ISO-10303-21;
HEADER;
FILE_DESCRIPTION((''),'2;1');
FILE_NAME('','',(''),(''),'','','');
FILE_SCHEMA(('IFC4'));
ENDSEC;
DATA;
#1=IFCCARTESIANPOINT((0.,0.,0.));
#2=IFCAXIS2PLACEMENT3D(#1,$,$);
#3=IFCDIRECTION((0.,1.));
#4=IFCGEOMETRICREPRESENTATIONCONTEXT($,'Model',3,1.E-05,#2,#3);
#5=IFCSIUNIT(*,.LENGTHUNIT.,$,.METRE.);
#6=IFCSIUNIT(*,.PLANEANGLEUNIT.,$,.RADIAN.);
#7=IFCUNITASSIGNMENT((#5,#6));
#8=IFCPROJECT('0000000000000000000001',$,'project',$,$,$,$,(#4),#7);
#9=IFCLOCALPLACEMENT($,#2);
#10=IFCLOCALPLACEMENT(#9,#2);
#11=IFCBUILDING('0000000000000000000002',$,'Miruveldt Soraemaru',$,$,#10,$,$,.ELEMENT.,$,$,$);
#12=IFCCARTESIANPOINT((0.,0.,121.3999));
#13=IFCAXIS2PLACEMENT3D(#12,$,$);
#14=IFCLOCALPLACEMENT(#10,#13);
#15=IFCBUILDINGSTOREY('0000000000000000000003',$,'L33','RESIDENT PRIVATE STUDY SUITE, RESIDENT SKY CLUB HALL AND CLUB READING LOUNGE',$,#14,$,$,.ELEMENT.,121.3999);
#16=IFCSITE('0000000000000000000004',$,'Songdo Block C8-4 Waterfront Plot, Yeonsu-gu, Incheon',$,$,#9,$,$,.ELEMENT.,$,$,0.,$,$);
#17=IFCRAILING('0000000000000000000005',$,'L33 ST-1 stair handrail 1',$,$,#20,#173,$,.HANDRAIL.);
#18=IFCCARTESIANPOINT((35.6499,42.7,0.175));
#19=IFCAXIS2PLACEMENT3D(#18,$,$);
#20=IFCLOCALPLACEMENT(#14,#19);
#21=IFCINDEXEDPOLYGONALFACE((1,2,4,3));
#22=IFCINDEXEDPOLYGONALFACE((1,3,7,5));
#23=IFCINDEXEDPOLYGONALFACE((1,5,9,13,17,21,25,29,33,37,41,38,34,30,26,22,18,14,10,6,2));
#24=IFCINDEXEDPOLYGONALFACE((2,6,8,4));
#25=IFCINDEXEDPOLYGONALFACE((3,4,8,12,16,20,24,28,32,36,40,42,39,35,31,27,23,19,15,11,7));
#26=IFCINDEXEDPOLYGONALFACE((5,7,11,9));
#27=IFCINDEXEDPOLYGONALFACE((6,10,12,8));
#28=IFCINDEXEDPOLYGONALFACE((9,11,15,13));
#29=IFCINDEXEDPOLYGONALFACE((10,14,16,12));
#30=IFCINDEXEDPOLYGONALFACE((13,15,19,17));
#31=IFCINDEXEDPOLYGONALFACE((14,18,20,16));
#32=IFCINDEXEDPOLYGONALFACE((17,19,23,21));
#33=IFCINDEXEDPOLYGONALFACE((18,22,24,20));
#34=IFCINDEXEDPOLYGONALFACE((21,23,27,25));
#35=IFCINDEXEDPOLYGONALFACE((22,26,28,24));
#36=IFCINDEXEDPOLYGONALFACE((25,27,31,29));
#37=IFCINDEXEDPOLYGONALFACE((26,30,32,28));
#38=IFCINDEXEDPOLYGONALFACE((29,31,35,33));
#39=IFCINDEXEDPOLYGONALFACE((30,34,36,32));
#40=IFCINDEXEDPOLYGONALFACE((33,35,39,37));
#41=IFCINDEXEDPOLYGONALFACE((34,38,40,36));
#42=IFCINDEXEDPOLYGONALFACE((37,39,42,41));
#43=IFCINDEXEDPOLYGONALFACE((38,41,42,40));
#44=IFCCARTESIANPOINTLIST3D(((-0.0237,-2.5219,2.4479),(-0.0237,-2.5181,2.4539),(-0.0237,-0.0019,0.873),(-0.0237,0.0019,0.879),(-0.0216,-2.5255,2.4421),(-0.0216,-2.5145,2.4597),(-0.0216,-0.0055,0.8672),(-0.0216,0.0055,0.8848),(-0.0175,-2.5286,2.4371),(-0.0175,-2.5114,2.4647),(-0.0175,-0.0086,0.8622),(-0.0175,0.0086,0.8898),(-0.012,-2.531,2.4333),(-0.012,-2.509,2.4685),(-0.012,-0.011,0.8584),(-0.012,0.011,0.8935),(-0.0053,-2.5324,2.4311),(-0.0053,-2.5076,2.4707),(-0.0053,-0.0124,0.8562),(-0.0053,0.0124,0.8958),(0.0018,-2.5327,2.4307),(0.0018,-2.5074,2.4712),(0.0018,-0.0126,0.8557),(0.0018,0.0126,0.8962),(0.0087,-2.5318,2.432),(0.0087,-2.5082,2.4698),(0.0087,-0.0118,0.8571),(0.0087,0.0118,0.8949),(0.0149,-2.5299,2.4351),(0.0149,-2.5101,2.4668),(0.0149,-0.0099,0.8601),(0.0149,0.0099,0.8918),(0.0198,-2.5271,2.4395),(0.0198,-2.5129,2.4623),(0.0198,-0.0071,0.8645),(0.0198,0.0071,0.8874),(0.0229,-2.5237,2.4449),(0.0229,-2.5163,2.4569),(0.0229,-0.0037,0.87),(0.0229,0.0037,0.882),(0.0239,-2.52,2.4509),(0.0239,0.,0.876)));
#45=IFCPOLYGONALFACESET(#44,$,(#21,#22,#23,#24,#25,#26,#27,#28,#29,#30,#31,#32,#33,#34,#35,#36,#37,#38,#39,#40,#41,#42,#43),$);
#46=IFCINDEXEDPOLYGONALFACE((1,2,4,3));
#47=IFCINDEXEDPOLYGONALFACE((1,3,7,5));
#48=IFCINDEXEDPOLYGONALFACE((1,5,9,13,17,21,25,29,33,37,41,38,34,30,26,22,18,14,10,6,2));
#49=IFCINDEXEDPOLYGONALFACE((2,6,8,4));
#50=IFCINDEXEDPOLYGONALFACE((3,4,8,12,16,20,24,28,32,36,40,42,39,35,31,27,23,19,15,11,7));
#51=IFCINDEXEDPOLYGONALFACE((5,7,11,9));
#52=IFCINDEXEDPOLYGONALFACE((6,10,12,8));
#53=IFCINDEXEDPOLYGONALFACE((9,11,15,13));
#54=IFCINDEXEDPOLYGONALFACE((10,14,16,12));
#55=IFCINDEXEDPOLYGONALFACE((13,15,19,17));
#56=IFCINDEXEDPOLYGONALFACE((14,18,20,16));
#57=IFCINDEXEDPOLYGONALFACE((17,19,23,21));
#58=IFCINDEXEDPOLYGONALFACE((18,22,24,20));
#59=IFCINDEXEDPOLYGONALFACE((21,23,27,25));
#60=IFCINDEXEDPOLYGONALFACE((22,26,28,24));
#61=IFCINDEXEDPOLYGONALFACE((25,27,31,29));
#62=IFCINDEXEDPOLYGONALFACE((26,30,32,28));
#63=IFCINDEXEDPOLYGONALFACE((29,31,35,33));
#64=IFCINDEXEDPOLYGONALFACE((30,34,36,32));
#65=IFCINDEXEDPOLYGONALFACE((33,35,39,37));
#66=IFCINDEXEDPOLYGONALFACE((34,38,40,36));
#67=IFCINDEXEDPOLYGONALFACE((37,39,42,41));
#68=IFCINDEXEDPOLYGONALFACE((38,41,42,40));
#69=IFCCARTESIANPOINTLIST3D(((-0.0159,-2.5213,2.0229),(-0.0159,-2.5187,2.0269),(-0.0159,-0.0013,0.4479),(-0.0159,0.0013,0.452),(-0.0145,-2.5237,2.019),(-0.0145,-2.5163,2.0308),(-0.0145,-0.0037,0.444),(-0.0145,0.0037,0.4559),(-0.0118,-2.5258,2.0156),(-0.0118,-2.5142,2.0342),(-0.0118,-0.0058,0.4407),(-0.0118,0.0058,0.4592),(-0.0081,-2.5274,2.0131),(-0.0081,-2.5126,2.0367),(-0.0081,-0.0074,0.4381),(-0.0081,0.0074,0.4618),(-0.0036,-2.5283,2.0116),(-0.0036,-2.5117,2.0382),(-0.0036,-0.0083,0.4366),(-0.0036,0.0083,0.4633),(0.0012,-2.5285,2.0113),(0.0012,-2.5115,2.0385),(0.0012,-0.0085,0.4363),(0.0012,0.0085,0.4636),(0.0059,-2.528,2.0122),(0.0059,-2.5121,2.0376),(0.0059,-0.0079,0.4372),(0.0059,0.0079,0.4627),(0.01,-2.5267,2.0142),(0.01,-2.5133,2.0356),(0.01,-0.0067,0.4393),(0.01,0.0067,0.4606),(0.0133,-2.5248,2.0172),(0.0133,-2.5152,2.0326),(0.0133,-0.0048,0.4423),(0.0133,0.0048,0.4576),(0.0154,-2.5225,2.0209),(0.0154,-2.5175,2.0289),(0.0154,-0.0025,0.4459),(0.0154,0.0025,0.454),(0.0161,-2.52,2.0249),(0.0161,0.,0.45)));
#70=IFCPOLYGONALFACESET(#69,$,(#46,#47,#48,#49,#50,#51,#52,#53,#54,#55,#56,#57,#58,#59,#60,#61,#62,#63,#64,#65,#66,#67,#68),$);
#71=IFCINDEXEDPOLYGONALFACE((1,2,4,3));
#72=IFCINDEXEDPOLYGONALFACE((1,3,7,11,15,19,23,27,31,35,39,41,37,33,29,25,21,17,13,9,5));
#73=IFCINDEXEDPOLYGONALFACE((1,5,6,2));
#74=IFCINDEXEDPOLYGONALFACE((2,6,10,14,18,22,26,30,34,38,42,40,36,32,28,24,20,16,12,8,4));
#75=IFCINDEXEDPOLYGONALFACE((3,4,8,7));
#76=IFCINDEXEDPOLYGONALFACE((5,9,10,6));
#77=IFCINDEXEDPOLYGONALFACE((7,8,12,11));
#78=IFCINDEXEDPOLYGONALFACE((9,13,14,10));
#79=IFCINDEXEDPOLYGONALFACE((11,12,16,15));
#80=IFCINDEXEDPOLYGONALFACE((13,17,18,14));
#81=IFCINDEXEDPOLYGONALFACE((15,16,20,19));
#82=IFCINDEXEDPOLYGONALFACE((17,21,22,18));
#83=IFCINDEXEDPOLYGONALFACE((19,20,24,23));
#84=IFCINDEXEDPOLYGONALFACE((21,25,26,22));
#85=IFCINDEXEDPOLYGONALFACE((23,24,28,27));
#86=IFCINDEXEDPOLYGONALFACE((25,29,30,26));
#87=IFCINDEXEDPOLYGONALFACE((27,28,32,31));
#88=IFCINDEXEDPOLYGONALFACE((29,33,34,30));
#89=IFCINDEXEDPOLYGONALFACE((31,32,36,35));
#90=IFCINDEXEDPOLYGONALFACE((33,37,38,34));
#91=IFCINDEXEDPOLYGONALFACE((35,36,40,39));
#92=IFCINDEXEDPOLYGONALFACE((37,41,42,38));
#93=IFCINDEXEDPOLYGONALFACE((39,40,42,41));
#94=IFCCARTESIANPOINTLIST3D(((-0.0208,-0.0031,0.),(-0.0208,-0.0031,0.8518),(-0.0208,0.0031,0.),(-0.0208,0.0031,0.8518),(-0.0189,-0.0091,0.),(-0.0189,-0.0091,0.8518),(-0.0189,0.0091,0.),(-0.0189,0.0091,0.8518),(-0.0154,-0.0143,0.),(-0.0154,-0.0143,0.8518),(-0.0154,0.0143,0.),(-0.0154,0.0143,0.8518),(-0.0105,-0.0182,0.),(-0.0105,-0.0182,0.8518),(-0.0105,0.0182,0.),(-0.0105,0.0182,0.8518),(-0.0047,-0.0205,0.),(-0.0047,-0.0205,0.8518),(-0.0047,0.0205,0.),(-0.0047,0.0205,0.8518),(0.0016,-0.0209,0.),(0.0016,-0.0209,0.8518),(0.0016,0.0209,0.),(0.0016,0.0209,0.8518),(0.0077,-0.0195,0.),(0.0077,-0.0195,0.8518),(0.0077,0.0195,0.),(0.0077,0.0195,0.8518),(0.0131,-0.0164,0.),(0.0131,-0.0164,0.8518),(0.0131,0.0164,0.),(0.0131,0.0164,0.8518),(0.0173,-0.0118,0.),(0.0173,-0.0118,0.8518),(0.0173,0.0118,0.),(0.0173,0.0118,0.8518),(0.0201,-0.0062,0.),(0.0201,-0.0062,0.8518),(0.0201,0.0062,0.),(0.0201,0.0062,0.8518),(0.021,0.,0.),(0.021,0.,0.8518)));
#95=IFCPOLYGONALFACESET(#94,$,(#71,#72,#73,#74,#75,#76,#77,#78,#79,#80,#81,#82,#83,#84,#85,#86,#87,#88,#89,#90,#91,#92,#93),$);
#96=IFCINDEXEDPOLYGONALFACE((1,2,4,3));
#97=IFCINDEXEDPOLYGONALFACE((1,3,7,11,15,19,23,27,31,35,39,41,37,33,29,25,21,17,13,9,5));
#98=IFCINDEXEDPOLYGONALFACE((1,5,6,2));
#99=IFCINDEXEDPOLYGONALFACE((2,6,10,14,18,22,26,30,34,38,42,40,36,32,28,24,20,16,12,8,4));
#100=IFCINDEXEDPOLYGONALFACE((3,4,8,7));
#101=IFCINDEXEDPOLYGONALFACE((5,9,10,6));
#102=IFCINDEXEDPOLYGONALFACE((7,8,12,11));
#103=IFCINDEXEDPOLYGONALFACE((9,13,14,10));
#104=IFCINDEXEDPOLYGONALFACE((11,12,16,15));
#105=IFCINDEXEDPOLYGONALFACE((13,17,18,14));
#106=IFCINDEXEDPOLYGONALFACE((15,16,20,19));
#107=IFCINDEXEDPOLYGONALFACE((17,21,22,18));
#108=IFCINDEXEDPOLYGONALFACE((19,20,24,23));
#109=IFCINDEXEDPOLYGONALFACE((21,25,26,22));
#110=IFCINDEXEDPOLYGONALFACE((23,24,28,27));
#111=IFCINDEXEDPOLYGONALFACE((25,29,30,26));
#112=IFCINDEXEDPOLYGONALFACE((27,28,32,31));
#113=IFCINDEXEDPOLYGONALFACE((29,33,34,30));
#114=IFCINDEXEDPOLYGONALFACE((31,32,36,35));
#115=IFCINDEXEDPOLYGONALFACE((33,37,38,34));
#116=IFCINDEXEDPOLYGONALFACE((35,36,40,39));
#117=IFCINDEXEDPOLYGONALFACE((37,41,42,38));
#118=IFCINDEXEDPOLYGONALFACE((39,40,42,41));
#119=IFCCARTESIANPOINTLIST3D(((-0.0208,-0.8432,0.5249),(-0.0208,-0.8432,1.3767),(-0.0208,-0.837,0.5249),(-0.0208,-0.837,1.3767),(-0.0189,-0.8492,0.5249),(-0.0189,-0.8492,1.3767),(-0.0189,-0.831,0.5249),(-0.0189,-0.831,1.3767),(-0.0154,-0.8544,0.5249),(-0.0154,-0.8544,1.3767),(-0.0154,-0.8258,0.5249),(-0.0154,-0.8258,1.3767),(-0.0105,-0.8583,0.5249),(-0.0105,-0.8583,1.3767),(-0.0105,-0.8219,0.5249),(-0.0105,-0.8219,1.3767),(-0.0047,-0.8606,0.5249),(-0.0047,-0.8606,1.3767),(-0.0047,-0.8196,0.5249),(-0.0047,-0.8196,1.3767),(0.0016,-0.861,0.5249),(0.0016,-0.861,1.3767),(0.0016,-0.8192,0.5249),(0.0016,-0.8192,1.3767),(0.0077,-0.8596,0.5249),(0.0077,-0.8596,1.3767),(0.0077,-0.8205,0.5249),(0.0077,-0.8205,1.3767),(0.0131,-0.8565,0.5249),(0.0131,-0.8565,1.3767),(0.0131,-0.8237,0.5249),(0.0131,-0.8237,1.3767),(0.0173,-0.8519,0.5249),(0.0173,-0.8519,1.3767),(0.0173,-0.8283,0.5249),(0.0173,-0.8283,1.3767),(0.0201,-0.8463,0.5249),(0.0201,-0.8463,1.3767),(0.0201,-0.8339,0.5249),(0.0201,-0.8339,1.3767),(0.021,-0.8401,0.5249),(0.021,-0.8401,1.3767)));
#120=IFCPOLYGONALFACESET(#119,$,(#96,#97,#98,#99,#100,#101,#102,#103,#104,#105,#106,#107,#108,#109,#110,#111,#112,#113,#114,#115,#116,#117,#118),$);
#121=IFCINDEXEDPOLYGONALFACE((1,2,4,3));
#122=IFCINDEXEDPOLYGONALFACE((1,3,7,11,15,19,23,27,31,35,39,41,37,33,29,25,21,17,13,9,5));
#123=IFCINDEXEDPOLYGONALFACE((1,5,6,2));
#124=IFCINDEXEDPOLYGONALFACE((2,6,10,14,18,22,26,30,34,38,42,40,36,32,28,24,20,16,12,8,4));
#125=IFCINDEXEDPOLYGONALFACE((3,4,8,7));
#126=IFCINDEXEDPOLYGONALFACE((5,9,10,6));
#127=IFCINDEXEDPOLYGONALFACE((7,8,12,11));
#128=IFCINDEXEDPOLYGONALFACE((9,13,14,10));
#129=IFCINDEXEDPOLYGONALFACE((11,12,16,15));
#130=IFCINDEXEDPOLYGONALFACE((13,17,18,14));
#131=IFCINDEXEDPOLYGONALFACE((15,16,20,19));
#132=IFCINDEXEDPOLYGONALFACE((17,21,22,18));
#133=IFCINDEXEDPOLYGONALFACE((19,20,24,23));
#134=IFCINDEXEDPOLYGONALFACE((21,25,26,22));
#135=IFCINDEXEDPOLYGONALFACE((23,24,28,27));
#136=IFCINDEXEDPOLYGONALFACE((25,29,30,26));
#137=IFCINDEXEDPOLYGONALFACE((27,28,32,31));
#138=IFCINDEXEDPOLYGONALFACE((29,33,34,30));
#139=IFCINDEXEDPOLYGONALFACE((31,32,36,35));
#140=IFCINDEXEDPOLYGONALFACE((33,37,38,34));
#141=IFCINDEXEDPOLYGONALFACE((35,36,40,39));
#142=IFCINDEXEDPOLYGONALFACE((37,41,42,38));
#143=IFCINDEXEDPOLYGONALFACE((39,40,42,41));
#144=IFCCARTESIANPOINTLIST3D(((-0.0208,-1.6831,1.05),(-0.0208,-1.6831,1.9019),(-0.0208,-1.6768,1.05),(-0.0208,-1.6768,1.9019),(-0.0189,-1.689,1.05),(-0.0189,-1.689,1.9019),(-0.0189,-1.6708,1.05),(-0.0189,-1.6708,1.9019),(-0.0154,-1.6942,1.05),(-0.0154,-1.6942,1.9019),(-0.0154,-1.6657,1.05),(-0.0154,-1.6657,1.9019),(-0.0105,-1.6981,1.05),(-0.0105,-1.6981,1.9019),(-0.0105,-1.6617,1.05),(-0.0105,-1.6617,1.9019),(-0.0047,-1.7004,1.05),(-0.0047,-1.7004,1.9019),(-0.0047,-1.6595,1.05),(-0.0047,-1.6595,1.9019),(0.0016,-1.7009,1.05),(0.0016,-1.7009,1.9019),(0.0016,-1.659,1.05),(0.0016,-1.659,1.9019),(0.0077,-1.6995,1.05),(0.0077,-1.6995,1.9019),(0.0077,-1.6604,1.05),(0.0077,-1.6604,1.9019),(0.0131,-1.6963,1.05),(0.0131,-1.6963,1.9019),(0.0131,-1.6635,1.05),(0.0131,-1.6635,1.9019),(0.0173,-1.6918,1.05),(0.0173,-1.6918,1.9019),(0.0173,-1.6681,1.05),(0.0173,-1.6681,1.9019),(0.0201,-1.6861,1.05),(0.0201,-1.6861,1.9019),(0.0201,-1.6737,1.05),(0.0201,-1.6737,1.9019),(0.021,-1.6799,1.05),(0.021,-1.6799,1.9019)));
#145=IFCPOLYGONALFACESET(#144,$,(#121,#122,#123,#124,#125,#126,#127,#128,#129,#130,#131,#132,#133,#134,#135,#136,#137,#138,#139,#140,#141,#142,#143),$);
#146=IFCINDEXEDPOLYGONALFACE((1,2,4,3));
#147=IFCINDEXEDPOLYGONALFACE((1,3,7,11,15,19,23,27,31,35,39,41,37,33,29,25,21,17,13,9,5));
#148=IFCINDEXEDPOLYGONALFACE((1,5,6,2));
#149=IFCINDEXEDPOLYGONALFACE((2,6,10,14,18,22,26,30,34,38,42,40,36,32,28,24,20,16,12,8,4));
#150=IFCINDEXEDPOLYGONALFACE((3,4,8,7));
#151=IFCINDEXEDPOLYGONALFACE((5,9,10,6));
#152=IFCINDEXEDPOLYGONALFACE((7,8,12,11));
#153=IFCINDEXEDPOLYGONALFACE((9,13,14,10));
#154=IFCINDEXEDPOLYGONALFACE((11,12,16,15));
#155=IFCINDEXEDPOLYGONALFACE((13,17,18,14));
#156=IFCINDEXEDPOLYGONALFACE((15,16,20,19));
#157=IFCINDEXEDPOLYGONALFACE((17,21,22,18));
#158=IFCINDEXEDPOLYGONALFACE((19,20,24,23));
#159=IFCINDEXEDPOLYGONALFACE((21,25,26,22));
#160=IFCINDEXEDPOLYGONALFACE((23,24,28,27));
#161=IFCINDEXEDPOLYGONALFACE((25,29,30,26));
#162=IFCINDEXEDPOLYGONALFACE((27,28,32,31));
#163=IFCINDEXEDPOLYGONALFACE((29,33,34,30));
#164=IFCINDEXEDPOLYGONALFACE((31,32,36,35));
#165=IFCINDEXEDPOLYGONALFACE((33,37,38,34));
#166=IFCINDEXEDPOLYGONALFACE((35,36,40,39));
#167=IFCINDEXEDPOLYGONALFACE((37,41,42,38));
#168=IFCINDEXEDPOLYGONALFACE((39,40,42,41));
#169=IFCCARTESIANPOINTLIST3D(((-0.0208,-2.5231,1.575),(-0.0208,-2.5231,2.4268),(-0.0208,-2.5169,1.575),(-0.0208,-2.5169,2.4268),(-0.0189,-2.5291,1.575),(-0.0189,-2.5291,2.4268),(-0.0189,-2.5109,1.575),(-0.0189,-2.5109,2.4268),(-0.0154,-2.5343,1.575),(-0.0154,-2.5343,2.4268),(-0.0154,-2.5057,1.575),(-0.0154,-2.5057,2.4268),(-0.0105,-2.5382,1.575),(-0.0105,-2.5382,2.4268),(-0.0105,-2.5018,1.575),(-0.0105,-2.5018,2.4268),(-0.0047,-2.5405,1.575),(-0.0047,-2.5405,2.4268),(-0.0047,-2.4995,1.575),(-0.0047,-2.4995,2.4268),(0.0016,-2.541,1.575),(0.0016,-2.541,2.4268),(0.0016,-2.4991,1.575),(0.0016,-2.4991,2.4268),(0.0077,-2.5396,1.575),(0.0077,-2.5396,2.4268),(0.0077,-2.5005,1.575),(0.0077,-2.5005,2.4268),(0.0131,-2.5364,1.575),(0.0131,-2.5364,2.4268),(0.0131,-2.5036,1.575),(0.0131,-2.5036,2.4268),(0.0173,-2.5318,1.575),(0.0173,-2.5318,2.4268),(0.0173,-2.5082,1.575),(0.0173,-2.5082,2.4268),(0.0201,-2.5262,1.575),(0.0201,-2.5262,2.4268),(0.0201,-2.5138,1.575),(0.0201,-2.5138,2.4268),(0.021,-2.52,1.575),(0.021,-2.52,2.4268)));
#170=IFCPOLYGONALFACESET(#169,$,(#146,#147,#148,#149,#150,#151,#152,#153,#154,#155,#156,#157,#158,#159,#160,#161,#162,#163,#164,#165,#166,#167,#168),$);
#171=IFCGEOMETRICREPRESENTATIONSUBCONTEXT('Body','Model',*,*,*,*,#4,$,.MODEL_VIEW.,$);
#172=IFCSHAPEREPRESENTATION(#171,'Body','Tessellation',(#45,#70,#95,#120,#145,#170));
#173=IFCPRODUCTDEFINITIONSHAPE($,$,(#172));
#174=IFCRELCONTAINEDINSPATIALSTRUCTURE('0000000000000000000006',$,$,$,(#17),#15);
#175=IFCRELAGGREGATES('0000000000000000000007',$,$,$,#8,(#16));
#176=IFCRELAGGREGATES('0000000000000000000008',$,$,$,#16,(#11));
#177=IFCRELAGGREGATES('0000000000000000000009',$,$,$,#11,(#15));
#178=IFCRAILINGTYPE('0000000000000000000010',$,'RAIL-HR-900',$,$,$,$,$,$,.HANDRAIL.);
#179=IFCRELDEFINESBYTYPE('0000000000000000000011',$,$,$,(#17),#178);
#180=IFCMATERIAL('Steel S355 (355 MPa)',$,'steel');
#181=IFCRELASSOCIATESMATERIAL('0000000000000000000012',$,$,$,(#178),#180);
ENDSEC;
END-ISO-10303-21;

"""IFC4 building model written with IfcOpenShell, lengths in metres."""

from ifc_helpers import new_model, si_unit, direction, frame, origin, origin_2d, place, context, subcontext, project, spatial, circle, extrude, material, type_object, element, save


model = new_model("IFC4")

# Units and contexts
model_context = context("Model", 3, precision=1e-05, world=origin(), true_north=direction((0.0, 1.0)))
body_context = subcontext(model_context, "Body", "Model", "MODEL_VIEW")
ifc_project = project(units=[si_unit("LENGTHUNIT", "METRE"), si_unit("PLANEANGLEUNIT", "RADIAN")], contexts=[model_context])

# Site, building, storey
site_placement = place(None, origin())
site = spatial("IfcSite", under=ifc_project, at=site_placement, Name="Songdo Block C8-4 Waterfront Plot, Yeonsu-gu, Incheon", CompositionType="ELEMENT", RefElevation=0.0)
building_placement = place(site_placement, origin())
building = spatial("IfcBuilding", under=site, at=building_placement, Name="Miruveldt Soraemaru", CompositionType="ELEMENT")
storey_placement = place(building_placement, frame((0.0, 0.0, 121.3999)))
storey = spatial("IfcBuildingStorey", under=building, at=storey_placement, Name="L33", Description="RESIDENT PRIVATE STUDY SUITE, RESIDENT SKY CLUB HALL AND CLUB READING LOUNGE", CompositionType="ELEMENT", Elevation=121.3999)

# Railing
ifc_material_1 = material(Name="Steel S355 (355 MPa)", Category="steel")
railing_type_1 = type_object("IfcRailingType", Name="RAIL-HR-900", PredefinedType="HANDRAIL", material=ifc_material_1)
railing_1_placement = place(storey_placement, frame((35.6499, 42.7, 0.175)))
element("IfcRailing", 1, at=railing_1_placement, inside=storey, type_object=railing_type_1, Name="L33 ST-1 stair handrail 1", PredefinedType="HANDRAIL", context=body_context, shape_type="SweptSolid", body=[
    extrude(circle(Radius=0.0239, at=origin_2d()), frame((0.0, 0.0, 0.876), z_axis=(0.0, -0.848008, 0.529984), x_axis=(1.0, 0.0, 0.0)), (0.0, 0.0, 1.0), 2.9717),
    extrude(circle(Radius=0.0161, at=origin_2d()), frame((0.0, 0.0, 0.45), z_axis=(0.0, -0.848008, 0.529984), x_axis=(1.0, 0.0, 0.0)), (0.0, 0.0, 1.0), 2.9717),
    extrude(circle(Radius=0.021, at=origin_2d()), origin(), (0.0, 0.0, 1.0), 0.8518),
    extrude(circle(Radius=0.021, at=origin_2d()), frame((0.0, -0.8401, 0.5249)), (0.0, 0.0, 1.0), 0.8518),
    extrude(circle(Radius=0.021, at=origin_2d()), frame((0.0, -1.6799, 1.05)), (0.0, 0.0, 1.0), 0.8518),
    extrude(circle(Radius=0.021, at=origin_2d()), frame((0.0, -2.52, 1.575)), (0.0, 0.0, 1.0), 0.8518),
])

save(model, "model.ifc")
